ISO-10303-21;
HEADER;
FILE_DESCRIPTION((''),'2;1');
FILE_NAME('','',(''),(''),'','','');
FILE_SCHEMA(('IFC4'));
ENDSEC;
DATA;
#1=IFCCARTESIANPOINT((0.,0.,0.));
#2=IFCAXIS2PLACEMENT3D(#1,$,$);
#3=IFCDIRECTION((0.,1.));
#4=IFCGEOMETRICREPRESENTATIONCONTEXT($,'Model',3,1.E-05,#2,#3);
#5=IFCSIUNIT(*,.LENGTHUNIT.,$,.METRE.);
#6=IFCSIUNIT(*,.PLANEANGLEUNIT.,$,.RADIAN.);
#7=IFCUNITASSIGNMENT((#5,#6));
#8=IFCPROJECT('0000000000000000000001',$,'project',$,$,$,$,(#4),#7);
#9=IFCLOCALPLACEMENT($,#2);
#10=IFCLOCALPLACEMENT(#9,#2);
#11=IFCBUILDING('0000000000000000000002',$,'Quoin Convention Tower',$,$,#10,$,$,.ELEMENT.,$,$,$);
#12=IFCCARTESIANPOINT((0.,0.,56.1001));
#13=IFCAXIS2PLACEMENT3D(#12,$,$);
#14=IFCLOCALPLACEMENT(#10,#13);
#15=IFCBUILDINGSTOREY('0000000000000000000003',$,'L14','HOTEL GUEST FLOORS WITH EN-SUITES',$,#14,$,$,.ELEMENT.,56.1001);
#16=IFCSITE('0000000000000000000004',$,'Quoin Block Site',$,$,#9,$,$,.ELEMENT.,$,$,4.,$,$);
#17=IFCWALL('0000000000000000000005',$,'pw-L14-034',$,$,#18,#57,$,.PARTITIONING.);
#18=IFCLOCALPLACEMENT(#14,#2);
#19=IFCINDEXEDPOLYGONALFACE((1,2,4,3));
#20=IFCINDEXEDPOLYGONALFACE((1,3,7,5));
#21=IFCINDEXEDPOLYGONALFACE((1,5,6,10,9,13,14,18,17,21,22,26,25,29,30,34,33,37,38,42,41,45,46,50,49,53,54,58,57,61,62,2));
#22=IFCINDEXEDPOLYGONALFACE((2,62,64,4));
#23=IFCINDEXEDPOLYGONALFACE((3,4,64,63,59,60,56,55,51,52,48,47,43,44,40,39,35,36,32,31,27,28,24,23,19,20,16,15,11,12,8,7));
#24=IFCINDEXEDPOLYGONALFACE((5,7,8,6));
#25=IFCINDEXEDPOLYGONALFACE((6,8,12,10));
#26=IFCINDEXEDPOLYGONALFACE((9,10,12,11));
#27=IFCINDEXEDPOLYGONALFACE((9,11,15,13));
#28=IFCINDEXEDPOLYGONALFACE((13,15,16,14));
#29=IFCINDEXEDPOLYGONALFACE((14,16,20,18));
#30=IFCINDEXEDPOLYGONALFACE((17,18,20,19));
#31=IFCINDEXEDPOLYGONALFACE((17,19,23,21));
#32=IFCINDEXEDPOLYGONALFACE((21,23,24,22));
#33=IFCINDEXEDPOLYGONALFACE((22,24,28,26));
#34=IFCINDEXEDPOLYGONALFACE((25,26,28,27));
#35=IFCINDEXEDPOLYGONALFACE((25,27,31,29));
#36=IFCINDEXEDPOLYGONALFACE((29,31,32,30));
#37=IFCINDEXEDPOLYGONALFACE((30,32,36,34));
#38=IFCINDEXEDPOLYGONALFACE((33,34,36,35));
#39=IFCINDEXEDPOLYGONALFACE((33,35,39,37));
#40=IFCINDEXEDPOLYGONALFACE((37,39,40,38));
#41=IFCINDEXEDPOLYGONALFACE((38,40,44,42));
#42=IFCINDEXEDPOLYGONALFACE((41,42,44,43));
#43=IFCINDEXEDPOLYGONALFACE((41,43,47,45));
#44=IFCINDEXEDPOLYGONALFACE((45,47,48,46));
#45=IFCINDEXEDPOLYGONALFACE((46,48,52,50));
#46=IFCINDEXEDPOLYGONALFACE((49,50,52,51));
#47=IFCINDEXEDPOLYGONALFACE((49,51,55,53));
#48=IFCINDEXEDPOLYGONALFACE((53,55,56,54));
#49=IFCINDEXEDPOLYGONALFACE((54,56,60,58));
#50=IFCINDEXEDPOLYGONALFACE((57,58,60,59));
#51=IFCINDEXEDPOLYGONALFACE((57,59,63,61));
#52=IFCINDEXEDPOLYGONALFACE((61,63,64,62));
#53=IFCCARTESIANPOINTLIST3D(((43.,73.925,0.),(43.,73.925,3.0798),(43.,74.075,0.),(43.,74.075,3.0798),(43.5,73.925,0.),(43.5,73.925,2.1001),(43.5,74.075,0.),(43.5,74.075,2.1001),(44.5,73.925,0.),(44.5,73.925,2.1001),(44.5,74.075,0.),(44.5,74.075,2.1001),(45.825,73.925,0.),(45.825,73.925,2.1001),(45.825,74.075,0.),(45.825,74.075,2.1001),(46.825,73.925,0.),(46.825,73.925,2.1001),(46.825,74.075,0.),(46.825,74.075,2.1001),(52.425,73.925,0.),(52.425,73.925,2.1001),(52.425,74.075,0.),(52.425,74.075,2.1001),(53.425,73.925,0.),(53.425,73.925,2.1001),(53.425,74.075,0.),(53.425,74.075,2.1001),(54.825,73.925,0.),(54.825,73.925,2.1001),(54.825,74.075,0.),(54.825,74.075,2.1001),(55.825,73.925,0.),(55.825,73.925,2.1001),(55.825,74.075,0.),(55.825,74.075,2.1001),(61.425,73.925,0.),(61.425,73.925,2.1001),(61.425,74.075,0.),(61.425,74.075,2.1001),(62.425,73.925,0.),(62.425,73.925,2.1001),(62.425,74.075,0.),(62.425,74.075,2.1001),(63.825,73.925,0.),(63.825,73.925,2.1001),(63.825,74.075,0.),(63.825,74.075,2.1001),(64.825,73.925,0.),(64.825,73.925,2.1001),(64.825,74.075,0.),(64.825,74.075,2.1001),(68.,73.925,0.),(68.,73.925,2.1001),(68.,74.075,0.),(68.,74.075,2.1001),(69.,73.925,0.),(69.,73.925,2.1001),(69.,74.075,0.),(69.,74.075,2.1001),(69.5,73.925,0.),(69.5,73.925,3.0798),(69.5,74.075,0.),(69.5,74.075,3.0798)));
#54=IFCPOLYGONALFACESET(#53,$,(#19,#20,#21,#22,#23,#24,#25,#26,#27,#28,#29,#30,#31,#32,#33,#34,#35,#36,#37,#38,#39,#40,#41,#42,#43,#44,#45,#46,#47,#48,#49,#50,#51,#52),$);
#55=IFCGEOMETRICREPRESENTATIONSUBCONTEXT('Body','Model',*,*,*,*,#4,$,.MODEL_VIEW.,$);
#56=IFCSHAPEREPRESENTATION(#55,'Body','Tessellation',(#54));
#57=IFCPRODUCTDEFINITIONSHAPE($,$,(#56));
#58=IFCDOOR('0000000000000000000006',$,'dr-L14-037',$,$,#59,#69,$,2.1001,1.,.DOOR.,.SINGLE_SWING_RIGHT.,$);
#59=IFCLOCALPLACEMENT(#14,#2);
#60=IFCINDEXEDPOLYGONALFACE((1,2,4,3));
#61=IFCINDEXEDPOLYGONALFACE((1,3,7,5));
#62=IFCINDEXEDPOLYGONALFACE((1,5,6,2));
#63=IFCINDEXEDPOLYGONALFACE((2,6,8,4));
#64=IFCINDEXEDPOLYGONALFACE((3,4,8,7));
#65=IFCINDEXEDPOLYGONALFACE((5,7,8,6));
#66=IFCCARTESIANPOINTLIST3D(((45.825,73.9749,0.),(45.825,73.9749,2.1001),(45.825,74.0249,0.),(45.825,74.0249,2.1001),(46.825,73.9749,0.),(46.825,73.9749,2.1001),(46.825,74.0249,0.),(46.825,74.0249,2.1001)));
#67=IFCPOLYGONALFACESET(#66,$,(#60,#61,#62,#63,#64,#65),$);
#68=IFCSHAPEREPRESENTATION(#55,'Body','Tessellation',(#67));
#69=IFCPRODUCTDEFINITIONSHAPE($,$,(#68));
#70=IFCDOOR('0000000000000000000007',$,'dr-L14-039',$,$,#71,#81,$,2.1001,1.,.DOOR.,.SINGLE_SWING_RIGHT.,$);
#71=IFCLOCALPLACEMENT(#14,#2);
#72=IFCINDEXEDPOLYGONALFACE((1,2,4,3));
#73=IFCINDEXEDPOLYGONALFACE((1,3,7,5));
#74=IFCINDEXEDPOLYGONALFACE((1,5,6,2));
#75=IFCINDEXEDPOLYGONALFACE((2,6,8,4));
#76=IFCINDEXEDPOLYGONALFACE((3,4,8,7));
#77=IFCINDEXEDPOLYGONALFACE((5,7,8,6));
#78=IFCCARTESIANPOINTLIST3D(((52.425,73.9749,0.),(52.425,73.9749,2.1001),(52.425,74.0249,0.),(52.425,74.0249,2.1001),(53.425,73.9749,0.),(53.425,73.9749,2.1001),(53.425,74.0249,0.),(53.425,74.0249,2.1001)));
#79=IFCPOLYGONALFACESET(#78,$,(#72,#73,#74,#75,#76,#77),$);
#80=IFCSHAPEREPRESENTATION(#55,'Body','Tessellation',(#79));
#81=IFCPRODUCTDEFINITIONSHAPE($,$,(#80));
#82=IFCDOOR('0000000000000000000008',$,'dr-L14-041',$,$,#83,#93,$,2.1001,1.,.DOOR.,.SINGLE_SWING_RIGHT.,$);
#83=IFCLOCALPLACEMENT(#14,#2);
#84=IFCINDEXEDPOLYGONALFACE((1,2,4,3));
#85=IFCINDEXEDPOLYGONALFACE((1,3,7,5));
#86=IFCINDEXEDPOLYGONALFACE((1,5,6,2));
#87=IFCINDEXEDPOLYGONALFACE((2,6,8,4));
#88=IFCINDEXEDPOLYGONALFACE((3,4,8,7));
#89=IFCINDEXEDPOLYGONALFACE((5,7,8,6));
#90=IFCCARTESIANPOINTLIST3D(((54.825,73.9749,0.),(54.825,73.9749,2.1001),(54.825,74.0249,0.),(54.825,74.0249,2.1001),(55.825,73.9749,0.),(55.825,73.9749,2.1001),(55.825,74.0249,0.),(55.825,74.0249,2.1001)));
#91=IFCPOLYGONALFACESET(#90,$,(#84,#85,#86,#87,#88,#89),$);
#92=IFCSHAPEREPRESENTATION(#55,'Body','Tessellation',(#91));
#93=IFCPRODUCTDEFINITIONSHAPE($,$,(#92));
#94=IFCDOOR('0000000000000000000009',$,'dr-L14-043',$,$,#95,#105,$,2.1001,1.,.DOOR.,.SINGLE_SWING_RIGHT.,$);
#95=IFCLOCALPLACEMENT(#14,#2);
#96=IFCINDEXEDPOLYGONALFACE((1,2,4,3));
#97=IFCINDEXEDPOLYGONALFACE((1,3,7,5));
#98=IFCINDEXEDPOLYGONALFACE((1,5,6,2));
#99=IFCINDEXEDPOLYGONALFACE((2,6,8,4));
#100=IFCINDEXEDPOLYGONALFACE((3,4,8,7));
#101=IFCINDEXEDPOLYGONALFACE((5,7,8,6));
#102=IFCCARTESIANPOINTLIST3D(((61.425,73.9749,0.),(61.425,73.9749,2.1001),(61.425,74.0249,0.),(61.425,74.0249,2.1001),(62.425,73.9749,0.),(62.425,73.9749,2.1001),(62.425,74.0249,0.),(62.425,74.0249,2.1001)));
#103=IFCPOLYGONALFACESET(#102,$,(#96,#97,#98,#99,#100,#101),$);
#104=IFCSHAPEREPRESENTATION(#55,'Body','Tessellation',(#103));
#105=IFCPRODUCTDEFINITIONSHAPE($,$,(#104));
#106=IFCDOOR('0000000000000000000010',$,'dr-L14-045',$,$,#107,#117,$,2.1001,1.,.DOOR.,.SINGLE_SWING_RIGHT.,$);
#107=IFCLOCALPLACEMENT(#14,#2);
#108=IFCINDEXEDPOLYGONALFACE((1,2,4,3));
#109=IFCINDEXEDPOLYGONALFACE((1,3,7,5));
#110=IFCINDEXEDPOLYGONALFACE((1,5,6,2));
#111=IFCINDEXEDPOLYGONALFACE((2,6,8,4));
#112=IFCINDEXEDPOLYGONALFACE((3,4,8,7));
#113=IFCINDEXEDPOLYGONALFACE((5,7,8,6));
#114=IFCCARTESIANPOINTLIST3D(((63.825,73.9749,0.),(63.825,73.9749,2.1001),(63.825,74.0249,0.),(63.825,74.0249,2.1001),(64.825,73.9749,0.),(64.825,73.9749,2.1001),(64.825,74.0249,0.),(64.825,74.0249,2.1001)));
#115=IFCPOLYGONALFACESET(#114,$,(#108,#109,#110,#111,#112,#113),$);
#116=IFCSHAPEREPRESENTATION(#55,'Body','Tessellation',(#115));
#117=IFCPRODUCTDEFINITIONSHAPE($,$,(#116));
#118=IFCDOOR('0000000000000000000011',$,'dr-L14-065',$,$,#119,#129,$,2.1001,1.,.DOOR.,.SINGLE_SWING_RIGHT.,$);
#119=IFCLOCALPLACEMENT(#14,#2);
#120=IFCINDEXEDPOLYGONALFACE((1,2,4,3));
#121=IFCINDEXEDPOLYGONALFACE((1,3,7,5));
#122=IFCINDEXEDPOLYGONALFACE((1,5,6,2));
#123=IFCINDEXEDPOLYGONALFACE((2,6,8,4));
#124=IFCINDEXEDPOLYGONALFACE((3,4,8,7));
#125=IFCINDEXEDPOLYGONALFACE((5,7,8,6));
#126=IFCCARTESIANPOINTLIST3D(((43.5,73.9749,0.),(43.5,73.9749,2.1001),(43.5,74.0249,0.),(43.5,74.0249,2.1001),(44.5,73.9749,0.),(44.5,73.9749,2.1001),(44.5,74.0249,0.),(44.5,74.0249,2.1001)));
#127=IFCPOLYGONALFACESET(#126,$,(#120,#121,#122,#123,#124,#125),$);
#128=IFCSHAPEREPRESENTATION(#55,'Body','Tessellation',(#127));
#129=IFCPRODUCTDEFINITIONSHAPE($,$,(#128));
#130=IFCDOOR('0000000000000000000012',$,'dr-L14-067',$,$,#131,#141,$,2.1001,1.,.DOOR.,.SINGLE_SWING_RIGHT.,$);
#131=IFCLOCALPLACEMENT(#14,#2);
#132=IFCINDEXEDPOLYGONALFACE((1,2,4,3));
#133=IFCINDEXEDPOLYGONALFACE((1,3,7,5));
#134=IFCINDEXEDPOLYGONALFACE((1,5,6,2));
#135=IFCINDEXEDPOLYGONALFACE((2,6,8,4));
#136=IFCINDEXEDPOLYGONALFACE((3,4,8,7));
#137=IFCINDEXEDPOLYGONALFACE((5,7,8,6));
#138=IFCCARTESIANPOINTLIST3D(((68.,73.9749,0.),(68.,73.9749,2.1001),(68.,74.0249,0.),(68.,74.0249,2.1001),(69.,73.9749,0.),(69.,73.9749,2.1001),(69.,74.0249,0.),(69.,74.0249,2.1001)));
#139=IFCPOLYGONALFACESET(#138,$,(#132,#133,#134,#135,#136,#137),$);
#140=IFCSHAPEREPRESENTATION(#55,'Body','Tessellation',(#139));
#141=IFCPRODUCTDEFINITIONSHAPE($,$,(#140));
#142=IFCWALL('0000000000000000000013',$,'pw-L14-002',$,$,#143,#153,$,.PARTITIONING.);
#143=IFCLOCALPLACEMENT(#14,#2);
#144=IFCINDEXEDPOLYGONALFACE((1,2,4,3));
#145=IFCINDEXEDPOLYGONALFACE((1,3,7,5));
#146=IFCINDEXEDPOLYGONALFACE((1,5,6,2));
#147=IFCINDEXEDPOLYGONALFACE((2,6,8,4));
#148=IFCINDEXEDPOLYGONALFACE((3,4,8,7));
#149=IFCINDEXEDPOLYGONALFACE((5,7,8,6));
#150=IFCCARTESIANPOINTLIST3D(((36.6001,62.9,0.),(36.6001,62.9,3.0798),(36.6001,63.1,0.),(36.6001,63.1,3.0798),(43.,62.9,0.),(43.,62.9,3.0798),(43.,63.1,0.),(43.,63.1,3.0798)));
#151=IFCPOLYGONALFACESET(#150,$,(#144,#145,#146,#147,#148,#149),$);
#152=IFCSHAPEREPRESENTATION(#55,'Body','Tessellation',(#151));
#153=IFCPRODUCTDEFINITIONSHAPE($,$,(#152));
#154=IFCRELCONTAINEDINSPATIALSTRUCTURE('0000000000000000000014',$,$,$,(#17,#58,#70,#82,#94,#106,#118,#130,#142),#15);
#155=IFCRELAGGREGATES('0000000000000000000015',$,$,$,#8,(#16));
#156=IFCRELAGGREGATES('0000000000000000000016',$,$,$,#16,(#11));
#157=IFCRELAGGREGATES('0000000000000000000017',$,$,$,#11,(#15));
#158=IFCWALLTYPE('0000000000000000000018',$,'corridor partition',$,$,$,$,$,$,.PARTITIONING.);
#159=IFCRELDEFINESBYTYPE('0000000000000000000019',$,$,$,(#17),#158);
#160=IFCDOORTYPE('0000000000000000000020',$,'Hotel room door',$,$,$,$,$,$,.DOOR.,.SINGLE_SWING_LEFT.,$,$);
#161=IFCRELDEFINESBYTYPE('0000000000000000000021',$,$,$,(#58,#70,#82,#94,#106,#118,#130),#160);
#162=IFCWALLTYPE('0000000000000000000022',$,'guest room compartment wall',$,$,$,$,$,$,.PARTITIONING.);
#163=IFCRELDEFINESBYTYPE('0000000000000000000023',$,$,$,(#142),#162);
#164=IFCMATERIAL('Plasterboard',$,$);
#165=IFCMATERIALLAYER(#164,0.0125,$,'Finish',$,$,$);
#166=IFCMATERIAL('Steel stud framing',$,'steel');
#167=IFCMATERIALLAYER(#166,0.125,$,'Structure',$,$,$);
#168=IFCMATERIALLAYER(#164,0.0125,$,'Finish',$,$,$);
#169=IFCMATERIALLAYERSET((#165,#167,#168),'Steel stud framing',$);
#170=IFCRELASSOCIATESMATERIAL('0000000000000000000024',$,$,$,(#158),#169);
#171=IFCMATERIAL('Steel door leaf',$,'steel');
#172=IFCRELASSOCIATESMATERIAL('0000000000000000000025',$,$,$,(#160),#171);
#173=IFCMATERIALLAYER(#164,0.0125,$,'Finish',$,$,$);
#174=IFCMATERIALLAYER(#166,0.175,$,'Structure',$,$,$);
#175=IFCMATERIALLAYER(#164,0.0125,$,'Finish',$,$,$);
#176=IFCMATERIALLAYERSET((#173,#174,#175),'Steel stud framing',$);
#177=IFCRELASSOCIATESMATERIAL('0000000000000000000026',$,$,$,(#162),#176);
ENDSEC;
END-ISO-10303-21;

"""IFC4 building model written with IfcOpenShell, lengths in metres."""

from ifc_helpers import new_model, si_unit, direction, frame, frame_2d, origin, place, context, subcontext, project, spatial, rectangle, extrude, material, layer, layer_set, type_object, element, fill, save


model = new_model("IFC4")

# Units and contexts
model_context = context("Model", 3, precision=1e-05, world=origin(), true_north=direction((0.0, 1.0)))
body_context = subcontext(model_context, "Body", "Model", "MODEL_VIEW")
ifc_project = project(units=[si_unit("LENGTHUNIT", "METRE"), si_unit("PLANEANGLEUNIT", "RADIAN")], contexts=[model_context])

# Site, building, storey
site_placement = place(None, origin())
site = spatial("IfcSite", under=ifc_project, at=site_placement, Name="Quoin Block Site", CompositionType="ELEMENT", RefElevation=4.0)
building_placement = place(site_placement, origin())
building = spatial("IfcBuilding", under=site, at=building_placement, Name="Quoin Convention Tower", CompositionType="ELEMENT")
storey_placement = place(building_placement, frame((0.0, 0.0, 56.1001)))
storey = spatial("IfcBuildingStorey", under=building, at=storey_placement, Name="L14", Description="HOTEL GUEST FLOORS WITH EN-SUITES", CompositionType="ELEMENT", Elevation=56.1001)

# Shared definitions
ifc_material_1 = material(Name="Plasterboard")
ifc_material_2 = material(Name="Steel stud framing", Category="steel")
ifc_material_3 = material(Name="Steel door leaf", Category="steel")

# Wall, openings, doors
ifc_layer_1 = layer(ifc_material_1, 0.0125, Name="Finish")
ifc_layer_2 = layer(ifc_material_2, 0.125, Name="Structure")
ifc_layer_3 = layer(ifc_material_1, 0.0125, Name="Finish")
ifc_layer_set_1 = layer_set([ifc_layer_1, ifc_layer_2, ifc_layer_3], Name="Steel stud framing")
wall_type_1 = type_object("IfcWallType", Name="corridor partition", PredefinedType="PARTITIONING", material=ifc_layer_set_1)
door_type_1 = type_object("IfcDoorType", Name="Hotel room door", OperationType="SINGLE_SWING_LEFT", PredefinedType="DOOR", material=ifc_material_3)
wall_1_placement = place(storey_placement, frame((43.0, 74.0, 0.0), z_axis=(0.0, 0.0, 1.0), x_axis=(1.0, 0.0, 0.0)))
wall_1 = element("IfcWall", 1, at=wall_1_placement, inside=storey, type_object=wall_type_1, Name="pw-L14-034", PredefinedType="PARTITIONING", context=body_context, shape_type="SweptSolid", body=[
    extrude(rectangle(XDim=26.5, YDim=0.1499, at=frame_2d((13.25, 0.0))), origin(), (0.0, 0.0, 1.0), 3.0798),
])
opening_1_placement = place(wall_1_placement, frame((2.825, 0.0, 0.0)))
opening_1 = element("IfcOpeningElement", 2, at=opening_1_placement, cuts=wall_1, PredefinedType="OPENING", context=body_context, shape_type="SweptSolid", body=[
    extrude(rectangle(XDim=1.0, YDim=2.1001, at=frame_2d((0.5, 1.05))), frame((0.0, 0.085, 0.0), z_axis=(0.0, -1.0, 0.0), x_axis=(1.0, 0.0, 0.0)), (0.0, 0.0, 1.0), 0.1699),
])
opening_2_placement = place(wall_1_placement, frame((9.425, 0.0, 0.0)))
opening_2 = element("IfcOpeningElement", 3, at=opening_2_placement, cuts=wall_1, PredefinedType="OPENING", context=body_context, shape_type="SweptSolid", body=[
    extrude(rectangle(XDim=1.0, YDim=2.1001, at=frame_2d((0.5, 1.05))), frame((0.0, 0.085, 0.0), z_axis=(0.0, -1.0, 0.0), x_axis=(1.0, 0.0, 0.0)), (0.0, 0.0, 1.0), 0.1699),
])
opening_3_placement = place(wall_1_placement, frame((11.825, 0.0, 0.0)))
opening_3 = element("IfcOpeningElement", 4, at=opening_3_placement, cuts=wall_1, PredefinedType="OPENING", context=body_context, shape_type="SweptSolid", body=[
    extrude(rectangle(XDim=1.0, YDim=2.1001, at=frame_2d((0.5, 1.05))), frame((0.0, 0.085, 0.0), z_axis=(0.0, -1.0, 0.0), x_axis=(1.0, 0.0, 0.0)), (0.0, 0.0, 1.0), 0.1699),
])
opening_4_placement = place(wall_1_placement, frame((18.425, 0.0, 0.0)))
opening_4 = element("IfcOpeningElement", 5, at=opening_4_placement, cuts=wall_1, PredefinedType="OPENING", context=body_context, shape_type="SweptSolid", body=[
    extrude(rectangle(XDim=1.0, YDim=2.1001, at=frame_2d((0.5, 1.05))), frame((0.0, 0.085, 0.0), z_axis=(0.0, -1.0, 0.0), x_axis=(1.0, 0.0, 0.0)), (0.0, 0.0, 1.0), 0.1699),
])
opening_5_placement = place(wall_1_placement, frame((20.825, 0.0, 0.0)))
opening_5 = element("IfcOpeningElement", 6, at=opening_5_placement, cuts=wall_1, PredefinedType="OPENING", context=body_context, shape_type="SweptSolid", body=[
    extrude(rectangle(XDim=1.0, YDim=2.1001, at=frame_2d((0.5, 1.05))), frame((0.0, 0.085, 0.0), z_axis=(0.0, -1.0, 0.0), x_axis=(1.0, 0.0, 0.0)), (0.0, 0.0, 1.0), 0.1699),
])
opening_6_placement = place(wall_1_placement, frame((0.5, 0.0, 0.0)))
opening_6 = element("IfcOpeningElement", 7, at=opening_6_placement, cuts=wall_1, PredefinedType="OPENING", context=body_context, shape_type="SweptSolid", body=[
    extrude(rectangle(XDim=1.0, YDim=2.1001, at=frame_2d((0.5, 1.05))), frame((0.0, 0.085, 0.0), z_axis=(0.0, -1.0, 0.0), x_axis=(1.0, 0.0, 0.0)), (0.0, 0.0, 1.0), 0.1699),
])
opening_7_placement = place(wall_1_placement, frame((25.0, 0.0, 0.0)))
opening_7 = element("IfcOpeningElement", 8, at=opening_7_placement, cuts=wall_1, PredefinedType="OPENING", context=body_context, shape_type="SweptSolid", body=[
    extrude(rectangle(XDim=1.0, YDim=2.1001, at=frame_2d((0.5, 1.05))), frame((0.0, 0.085, 0.0), z_axis=(0.0, -1.0, 0.0), x_axis=(1.0, 0.0, 0.0)), (0.0, 0.0, 1.0), 0.1699),
])
door_1_placement = place(opening_1_placement, origin())
door_1 = element("IfcDoor", 9, at=door_1_placement, inside=storey, type_object=door_type_1, Name="dr-L14-037", OperationType="SINGLE_SWING_RIGHT", OverallHeight=2.1001, OverallWidth=1.0, PredefinedType="DOOR", context=body_context, shape_type="SweptSolid", body=[
    extrude(rectangle(XDim=1.0, YDim=2.1001, at=frame_2d((0.5, 1.05))), frame((0.0, 0.0249, 0.0), z_axis=(0.0, -1.0, 0.0), x_axis=(1.0, 0.0, 0.0)), (0.0, 0.0, 1.0), 0.05),
])
fill(opening_1, door_1)
door_2_placement = place(opening_2_placement, origin())
door_2 = element("IfcDoor", 10, at=door_2_placement, inside=storey, type_object=door_type_1, Name="dr-L14-039", OperationType="SINGLE_SWING_RIGHT", OverallHeight=2.1001, OverallWidth=1.0, PredefinedType="DOOR", context=body_context, shape_type="SweptSolid", body=[
    extrude(rectangle(XDim=1.0, YDim=2.1001, at=frame_2d((0.5, 1.05))), frame((0.0, 0.0249, 0.0), z_axis=(0.0, -1.0, 0.0), x_axis=(1.0, 0.0, 0.0)), (0.0, 0.0, 1.0), 0.05),
])
fill(opening_2, door_2)
door_3_placement = place(opening_3_placement, origin())
door_3 = element("IfcDoor", 11, at=door_3_placement, inside=storey, type_object=door_type_1, Name="dr-L14-041", OperationType="SINGLE_SWING_RIGHT", OverallHeight=2.1001, OverallWidth=1.0, PredefinedType="DOOR", context=body_context, shape_type="SweptSolid", body=[
    extrude(rectangle(XDim=1.0, YDim=2.1001, at=frame_2d((0.5, 1.05))), frame((0.0, 0.0249, 0.0), z_axis=(0.0, -1.0, 0.0), x_axis=(1.0, 0.0, 0.0)), (0.0, 0.0, 1.0), 0.05),
])
fill(opening_3, door_3)
door_4_placement = place(opening_4_placement, origin())
door_4 = element("IfcDoor", 12, at=door_4_placement, inside=storey, type_object=door_type_1, Name="dr-L14-043", OperationType="SINGLE_SWING_RIGHT", OverallHeight=2.1001, OverallWidth=1.0, PredefinedType="DOOR", context=body_context, shape_type="SweptSolid", body=[
    extrude(rectangle(XDim=1.0, YDim=2.1001, at=frame_2d((0.5, 1.05))), frame((0.0, 0.0249, 0.0), z_axis=(0.0, -1.0, 0.0), x_axis=(1.0, 0.0, 0.0)), (0.0, 0.0, 1.0), 0.05),
])
fill(opening_4, door_4)
door_5_placement = place(opening_5_placement, origin())
door_5 = element("IfcDoor", 13, at=door_5_placement, inside=storey, type_object=door_type_1, Name="dr-L14-045", OperationType="SINGLE_SWING_RIGHT", OverallHeight=2.1001, OverallWidth=1.0, PredefinedType="DOOR", context=body_context, shape_type="SweptSolid", body=[
    extrude(rectangle(XDim=1.0, YDim=2.1001, at=frame_2d((0.5, 1.05))), frame((0.0, 0.0249, 0.0), z_axis=(0.0, -1.0, 0.0), x_axis=(1.0, 0.0, 0.0)), (0.0, 0.0, 1.0), 0.05),
])
fill(opening_5, door_5)
door_6_placement = place(opening_6_placement, origin())
door_6 = element("IfcDoor", 14, at=door_6_placement, inside=storey, type_object=door_type_1, Name="dr-L14-065", OperationType="SINGLE_SWING_RIGHT", OverallHeight=2.1001, OverallWidth=1.0, PredefinedType="DOOR", context=body_context, shape_type="SweptSolid", body=[
    extrude(rectangle(XDim=1.0, YDim=2.1001, at=frame_2d((0.5, 1.05))), frame((0.0, 0.0249, 0.0), z_axis=(0.0, -1.0, 0.0), x_axis=(1.0, 0.0, 0.0)), (0.0, 0.0, 1.0), 0.05),
])
fill(opening_6, door_6)
door_7_placement = place(opening_7_placement, origin())
door_7 = element("IfcDoor", 15, at=door_7_placement, inside=storey, type_object=door_type_1, Name="dr-L14-067", OperationType="SINGLE_SWING_RIGHT", OverallHeight=2.1001, OverallWidth=1.0, PredefinedType="DOOR", context=body_context, shape_type="SweptSolid", body=[
    extrude(rectangle(XDim=1.0, YDim=2.1001, at=frame_2d((0.5, 1.05))), frame((0.0, 0.0249, 0.0), z_axis=(0.0, -1.0, 0.0), x_axis=(1.0, 0.0, 0.0)), (0.0, 0.0, 1.0), 0.05),
])
fill(opening_7, door_7)

# Wall
ifc_layer_4 = layer(ifc_material_1, 0.0125, Name="Finish")
ifc_layer_5 = layer(ifc_material_2, 0.175, Name="Structure")
ifc_layer_6 = layer(ifc_material_1, 0.0125, Name="Finish")
ifc_layer_set_2 = layer_set([ifc_layer_4, ifc_layer_5, ifc_layer_6], Name="Steel stud framing")
wall_type_2 = type_object("IfcWallType", Name="guest room compartment wall", PredefinedType="PARTITIONING", material=ifc_layer_set_2)
wall_2_placement = place(storey_placement, frame((36.6001, 63.0, 0.0), z_axis=(0.0, 0.0, 1.0), x_axis=(1.0, 0.0, 0.0)))
element("IfcWall", 16, at=wall_2_placement, inside=storey, type_object=wall_type_2, Name="pw-L14-002", PredefinedType="PARTITIONING", context=body_context, shape_type="SweptSolid", body=[
    extrude(rectangle(XDim=6.3999, YDim=0.2, at=frame_2d((3.2, 0.0))), origin(), (0.0, 0.0, 1.0), 3.0798),
])

save(model, "model.ifc")
